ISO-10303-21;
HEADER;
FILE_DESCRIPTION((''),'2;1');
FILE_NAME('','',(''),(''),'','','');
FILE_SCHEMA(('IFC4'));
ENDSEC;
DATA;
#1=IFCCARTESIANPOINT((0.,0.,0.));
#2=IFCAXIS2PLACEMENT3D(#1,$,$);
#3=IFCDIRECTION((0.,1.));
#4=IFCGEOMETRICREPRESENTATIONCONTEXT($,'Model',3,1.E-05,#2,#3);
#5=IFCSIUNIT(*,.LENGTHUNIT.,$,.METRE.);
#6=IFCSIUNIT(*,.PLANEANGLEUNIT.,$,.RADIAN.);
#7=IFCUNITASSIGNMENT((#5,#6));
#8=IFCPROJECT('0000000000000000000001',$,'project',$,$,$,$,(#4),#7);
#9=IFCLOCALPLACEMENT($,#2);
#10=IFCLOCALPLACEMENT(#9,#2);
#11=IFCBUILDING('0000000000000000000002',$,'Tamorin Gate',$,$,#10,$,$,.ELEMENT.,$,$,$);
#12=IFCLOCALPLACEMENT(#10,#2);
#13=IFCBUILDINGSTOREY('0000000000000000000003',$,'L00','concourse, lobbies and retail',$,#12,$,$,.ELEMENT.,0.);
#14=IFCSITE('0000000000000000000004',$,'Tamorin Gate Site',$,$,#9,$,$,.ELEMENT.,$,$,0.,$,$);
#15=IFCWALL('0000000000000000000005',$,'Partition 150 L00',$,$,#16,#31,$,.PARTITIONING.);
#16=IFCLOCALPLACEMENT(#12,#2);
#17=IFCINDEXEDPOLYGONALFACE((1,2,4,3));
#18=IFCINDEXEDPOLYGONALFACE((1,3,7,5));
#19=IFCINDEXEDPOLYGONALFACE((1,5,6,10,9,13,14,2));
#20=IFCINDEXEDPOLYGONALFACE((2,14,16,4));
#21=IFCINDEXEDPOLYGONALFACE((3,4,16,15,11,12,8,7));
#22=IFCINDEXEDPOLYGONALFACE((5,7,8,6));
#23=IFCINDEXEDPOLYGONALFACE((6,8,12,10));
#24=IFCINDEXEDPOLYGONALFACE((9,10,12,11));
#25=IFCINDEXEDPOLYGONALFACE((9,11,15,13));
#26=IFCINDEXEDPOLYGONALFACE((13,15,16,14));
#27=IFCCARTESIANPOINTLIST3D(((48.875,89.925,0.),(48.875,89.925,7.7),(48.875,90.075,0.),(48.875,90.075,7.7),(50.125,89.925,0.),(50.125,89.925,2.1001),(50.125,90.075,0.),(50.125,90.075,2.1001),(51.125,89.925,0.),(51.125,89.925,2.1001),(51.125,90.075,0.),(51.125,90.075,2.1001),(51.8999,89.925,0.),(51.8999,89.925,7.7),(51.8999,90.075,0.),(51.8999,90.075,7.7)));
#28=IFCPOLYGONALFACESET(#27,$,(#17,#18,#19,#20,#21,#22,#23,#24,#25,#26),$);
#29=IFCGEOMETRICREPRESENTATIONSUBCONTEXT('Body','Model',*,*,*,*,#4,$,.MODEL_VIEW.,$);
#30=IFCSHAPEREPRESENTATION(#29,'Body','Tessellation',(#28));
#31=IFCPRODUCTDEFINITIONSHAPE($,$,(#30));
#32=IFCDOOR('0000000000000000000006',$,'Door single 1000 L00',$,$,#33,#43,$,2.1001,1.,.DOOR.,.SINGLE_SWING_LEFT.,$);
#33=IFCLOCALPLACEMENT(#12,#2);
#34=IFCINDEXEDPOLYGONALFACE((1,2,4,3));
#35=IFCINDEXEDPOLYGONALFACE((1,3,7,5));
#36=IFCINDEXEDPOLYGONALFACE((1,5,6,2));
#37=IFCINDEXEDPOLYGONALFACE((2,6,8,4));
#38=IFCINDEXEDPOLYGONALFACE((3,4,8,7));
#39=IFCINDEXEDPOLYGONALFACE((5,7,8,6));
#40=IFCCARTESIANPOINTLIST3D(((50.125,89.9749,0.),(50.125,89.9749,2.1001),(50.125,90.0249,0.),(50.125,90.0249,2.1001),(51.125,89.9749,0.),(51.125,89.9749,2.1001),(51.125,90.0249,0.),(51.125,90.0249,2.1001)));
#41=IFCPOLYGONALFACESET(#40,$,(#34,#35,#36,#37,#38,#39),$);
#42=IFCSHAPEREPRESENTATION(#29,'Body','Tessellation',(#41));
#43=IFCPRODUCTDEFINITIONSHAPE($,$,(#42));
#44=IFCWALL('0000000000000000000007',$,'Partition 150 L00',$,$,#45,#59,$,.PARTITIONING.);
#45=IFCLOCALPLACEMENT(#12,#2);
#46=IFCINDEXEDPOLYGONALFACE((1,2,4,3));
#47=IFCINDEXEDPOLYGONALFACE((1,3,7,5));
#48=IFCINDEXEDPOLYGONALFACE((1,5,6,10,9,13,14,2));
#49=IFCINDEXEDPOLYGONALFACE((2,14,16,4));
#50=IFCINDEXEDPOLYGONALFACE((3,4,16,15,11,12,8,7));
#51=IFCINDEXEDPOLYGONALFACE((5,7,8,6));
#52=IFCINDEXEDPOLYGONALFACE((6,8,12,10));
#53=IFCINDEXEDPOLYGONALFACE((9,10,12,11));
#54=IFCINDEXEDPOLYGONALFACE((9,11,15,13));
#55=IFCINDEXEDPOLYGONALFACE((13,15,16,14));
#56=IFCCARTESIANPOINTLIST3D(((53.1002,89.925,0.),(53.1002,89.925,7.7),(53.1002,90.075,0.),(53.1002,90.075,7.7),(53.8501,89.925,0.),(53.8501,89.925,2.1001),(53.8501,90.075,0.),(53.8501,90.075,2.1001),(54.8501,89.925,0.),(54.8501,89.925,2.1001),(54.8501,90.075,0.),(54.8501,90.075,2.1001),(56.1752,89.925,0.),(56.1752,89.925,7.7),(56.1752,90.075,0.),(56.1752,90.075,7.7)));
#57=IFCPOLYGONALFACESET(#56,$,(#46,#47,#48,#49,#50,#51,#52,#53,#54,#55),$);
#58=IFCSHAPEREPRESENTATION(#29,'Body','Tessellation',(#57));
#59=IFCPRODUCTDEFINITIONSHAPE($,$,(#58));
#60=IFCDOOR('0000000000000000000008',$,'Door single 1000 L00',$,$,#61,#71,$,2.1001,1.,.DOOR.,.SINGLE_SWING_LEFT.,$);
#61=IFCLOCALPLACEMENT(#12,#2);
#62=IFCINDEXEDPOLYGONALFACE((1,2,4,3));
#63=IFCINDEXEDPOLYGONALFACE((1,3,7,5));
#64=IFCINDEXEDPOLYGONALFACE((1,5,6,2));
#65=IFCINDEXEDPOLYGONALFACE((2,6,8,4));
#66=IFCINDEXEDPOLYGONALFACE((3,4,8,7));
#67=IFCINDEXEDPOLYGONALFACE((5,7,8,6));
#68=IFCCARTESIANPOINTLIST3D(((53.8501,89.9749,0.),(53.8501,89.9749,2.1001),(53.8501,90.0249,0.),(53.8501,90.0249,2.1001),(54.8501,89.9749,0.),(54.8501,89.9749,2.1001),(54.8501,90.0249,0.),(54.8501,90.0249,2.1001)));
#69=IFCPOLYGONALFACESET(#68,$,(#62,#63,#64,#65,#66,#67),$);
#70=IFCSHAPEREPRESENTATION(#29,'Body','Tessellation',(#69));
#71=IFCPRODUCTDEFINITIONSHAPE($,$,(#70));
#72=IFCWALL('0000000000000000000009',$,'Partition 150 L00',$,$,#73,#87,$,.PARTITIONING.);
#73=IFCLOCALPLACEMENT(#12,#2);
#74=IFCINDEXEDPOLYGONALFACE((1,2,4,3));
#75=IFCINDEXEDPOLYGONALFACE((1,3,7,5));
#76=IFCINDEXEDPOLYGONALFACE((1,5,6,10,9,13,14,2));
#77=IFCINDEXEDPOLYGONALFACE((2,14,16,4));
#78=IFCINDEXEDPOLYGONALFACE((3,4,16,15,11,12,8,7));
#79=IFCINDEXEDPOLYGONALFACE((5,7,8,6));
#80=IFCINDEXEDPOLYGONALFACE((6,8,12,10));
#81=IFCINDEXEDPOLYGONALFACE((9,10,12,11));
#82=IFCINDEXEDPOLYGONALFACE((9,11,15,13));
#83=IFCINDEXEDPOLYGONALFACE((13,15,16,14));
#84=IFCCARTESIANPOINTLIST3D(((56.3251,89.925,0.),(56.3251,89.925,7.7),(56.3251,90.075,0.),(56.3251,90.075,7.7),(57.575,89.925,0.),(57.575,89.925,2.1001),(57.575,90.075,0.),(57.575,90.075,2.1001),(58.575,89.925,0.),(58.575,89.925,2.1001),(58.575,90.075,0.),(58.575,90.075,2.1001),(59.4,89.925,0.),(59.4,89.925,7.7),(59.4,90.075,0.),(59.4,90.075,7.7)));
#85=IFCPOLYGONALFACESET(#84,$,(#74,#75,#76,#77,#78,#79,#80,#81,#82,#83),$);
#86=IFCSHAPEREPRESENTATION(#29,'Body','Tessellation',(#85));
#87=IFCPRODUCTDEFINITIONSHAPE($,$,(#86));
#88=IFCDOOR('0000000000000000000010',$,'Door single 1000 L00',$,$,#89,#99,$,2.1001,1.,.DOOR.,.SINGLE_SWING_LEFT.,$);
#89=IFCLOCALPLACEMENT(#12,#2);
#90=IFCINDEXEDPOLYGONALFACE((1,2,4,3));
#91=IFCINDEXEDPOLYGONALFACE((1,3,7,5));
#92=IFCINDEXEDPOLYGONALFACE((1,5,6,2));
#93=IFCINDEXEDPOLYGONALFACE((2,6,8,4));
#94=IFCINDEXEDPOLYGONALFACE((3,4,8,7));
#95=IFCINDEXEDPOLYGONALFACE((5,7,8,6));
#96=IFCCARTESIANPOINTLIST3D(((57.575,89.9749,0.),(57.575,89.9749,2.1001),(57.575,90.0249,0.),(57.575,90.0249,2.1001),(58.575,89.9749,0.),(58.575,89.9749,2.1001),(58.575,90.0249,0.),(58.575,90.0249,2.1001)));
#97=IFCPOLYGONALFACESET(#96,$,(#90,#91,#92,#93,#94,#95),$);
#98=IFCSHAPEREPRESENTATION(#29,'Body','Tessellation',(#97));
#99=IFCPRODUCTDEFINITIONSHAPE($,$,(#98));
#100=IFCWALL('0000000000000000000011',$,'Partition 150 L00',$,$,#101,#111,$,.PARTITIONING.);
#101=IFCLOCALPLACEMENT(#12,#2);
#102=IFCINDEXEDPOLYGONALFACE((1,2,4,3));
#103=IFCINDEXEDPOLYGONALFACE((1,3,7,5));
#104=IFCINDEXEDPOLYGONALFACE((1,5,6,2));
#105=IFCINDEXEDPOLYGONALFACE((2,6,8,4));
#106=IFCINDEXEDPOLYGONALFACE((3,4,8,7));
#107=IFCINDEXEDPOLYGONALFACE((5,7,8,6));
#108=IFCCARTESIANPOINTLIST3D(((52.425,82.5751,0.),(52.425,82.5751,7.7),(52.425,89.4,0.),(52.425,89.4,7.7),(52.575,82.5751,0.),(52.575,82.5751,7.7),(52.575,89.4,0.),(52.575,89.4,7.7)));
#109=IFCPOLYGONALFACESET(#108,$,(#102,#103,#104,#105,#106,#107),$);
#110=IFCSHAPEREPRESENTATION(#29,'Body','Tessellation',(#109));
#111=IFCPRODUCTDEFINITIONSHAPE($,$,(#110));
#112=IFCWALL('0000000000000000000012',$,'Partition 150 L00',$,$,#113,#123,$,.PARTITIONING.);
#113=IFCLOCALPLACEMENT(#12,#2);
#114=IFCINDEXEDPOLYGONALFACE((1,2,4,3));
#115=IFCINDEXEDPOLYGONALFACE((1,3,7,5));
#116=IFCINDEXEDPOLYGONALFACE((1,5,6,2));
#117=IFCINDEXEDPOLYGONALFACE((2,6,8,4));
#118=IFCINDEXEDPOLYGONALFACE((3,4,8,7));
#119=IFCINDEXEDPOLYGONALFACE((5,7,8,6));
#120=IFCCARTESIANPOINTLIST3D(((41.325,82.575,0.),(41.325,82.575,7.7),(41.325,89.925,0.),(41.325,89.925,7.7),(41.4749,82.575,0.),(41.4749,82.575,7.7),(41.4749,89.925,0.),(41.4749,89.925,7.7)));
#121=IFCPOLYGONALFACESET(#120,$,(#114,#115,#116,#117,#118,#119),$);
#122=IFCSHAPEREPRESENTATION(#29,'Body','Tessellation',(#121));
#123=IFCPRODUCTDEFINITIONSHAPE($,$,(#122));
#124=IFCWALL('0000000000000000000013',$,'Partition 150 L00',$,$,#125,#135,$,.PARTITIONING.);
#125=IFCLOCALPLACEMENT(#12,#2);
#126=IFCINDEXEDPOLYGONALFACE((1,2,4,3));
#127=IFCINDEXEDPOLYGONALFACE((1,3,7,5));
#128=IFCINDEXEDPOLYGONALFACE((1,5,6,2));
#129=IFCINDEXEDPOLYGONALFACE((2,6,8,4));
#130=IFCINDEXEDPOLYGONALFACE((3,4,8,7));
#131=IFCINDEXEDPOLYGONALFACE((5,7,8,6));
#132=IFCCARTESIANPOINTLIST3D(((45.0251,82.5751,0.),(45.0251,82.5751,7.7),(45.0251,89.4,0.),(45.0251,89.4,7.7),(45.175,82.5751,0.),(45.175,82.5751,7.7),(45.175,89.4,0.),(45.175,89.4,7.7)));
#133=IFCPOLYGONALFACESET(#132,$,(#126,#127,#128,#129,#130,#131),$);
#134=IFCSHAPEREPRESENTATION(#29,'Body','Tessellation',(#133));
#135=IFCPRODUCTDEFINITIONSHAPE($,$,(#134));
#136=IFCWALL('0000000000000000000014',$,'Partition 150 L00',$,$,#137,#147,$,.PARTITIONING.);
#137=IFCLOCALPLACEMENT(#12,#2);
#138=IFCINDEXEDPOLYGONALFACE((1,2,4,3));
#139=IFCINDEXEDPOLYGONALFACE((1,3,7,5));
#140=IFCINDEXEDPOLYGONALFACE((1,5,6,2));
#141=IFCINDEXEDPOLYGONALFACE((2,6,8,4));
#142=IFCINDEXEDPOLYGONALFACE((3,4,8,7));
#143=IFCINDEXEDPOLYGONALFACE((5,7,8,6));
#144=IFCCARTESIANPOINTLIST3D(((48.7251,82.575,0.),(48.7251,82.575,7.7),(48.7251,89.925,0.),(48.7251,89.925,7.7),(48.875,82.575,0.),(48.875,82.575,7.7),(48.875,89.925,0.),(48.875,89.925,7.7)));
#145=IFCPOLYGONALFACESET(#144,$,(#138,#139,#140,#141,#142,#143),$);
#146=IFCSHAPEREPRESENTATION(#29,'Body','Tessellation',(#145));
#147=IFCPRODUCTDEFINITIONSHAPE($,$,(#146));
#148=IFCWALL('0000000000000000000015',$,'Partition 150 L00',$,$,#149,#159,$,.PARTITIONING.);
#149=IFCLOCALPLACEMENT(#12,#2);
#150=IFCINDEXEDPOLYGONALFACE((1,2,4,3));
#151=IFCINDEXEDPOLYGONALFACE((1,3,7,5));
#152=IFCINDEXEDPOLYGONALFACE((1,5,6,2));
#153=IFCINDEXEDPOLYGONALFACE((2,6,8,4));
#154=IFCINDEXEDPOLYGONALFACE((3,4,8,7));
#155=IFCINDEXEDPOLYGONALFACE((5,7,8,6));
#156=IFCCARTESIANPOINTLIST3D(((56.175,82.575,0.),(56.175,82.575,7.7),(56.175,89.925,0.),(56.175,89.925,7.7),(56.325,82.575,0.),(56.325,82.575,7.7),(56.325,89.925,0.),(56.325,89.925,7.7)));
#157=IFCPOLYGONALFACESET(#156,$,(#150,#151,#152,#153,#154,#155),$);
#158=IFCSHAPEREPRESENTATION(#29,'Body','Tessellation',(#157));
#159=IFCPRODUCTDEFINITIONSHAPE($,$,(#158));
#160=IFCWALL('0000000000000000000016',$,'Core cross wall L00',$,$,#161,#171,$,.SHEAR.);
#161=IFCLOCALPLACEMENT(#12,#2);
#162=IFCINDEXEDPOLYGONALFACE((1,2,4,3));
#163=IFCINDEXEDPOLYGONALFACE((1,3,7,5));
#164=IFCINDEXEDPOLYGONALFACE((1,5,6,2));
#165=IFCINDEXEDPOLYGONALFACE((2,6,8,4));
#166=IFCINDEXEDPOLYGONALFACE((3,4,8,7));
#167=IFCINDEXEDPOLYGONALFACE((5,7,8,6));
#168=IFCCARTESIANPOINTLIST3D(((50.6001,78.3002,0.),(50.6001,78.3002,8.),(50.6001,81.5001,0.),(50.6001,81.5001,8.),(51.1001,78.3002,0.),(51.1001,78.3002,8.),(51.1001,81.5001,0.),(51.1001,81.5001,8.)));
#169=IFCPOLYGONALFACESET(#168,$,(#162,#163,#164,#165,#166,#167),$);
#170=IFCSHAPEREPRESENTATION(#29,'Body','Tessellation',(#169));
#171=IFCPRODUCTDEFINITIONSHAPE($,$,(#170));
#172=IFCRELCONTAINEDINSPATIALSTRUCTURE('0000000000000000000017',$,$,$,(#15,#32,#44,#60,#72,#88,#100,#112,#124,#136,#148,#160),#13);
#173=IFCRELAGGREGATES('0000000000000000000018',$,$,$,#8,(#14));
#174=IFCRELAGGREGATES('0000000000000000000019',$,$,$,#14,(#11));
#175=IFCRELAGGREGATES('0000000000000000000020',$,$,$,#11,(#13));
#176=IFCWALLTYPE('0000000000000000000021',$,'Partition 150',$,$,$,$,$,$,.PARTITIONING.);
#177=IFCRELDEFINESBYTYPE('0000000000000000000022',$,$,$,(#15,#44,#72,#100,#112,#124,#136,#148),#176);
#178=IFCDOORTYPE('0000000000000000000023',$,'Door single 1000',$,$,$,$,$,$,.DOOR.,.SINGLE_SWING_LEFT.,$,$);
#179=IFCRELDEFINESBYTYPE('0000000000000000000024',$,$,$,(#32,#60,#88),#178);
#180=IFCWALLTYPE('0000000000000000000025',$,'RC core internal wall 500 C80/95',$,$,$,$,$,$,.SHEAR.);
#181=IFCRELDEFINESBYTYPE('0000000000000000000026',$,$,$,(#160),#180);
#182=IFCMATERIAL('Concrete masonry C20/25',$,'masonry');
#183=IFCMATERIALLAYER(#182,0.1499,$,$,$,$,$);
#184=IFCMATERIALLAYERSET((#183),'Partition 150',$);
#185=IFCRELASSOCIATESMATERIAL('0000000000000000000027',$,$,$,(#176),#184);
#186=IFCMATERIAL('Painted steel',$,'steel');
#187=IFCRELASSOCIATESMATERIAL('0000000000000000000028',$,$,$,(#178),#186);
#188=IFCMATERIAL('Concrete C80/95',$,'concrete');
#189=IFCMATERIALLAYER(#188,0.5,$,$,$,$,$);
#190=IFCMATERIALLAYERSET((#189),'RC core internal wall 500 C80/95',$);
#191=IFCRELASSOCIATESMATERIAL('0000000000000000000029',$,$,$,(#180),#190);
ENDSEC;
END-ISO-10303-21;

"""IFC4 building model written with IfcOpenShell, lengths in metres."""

from ifc_helpers import new_model, si_unit, direction, frame, frame_2d, origin, place, context, subcontext, project, spatial, rectangle, extrude, material, layer, layer_set, type_object, element, fill, save


model = new_model("IFC4")

# Units and contexts
model_context = context("Model", 3, precision=1e-05, world=origin(), true_north=direction((0.0, 1.0)))
body_context = subcontext(model_context, "Body", "Model", "MODEL_VIEW")
ifc_project = project(units=[si_unit("LENGTHUNIT", "METRE"), si_unit("PLANEANGLEUNIT", "RADIAN")], contexts=[model_context])

# Site, building, storey
site_placement = place(None, origin())
site = spatial("IfcSite", under=ifc_project, at=site_placement, Name="Tamorin Gate Site", CompositionType="ELEMENT", RefElevation=0.0)
building_placement = place(site_placement, origin())
building = spatial("IfcBuilding", under=site, at=building_placement, Name="Tamorin Gate", CompositionType="ELEMENT")
storey_placement = place(building_placement, origin())
storey = spatial("IfcBuildingStorey", under=building, at=storey_placement, Name="L00", Description="concourse, lobbies and retail", CompositionType="ELEMENT", Elevation=0.0)

# Shared definitions
ifc_material_1 = material(Name="Concrete C80/95", Category="concrete")

# Walls, openings, doors
ifc_material_2 = material(Name="Concrete masonry C20/25", Category="masonry")
ifc_layer_1 = layer(ifc_material_2, 0.1499)
ifc_layer_set_1 = layer_set([ifc_layer_1], Name="Partition 150")
wall_type_1 = type_object("IfcWallType", Name="Partition 150", PredefinedType="PARTITIONING", material=ifc_layer_set_1)
ifc_material_3 = material(Name="Painted steel", Category="steel")
door_type_1 = type_object("IfcDoorType", Name="Door single 1000", OperationType="SINGLE_SWING_LEFT", PredefinedType="DOOR", material=ifc_material_3)
wall_1_placement = place(storey_placement, frame((48.875, 90.0, 0.0), z_axis=(0.0, 0.0, 1.0), x_axis=(1.0, 0.0, 0.0)))
wall_1 = element("IfcWall", 1, at=wall_1_placement, inside=storey, type_object=wall_type_1, Name="Partition 150 L00", PredefinedType="PARTITIONING", context=body_context, shape_type="SweptSolid", body=[
    extrude(rectangle(XDim=3.0249, YDim=0.1499, at=frame_2d((1.5125, 0.0))), origin(), (0.0, 0.0, 1.0), 7.7),
])
opening_1_placement = place(wall_1_placement, frame((1.25, 0.0, 0.0)))
opening_1 = element("IfcOpeningElement", 2, at=opening_1_placement, cuts=wall_1, PredefinedType="OPENING", context=body_context, shape_type="SweptSolid", body=[
    extrude(rectangle(XDim=1.0, YDim=2.1001, at=frame_2d((0.5, 1.05))), frame((0.0, 0.085, 0.0), z_axis=(0.0, -1.0, 0.0), x_axis=(1.0, 0.0, 0.0)), (0.0, 0.0, 1.0), 0.1699),
])
door_1_placement = place(opening_1_placement, origin())
door_1 = element("IfcDoor", 3, at=door_1_placement, inside=storey, type_object=door_type_1, Name="Door single 1000 L00", OperationType="SINGLE_SWING_LEFT", OverallHeight=2.1001, OverallWidth=1.0, PredefinedType="DOOR", context=body_context, shape_type="SweptSolid", body=[
    extrude(rectangle(XDim=1.0, YDim=2.1001, at=frame_2d((0.5, 1.05))), frame((0.0, 0.0249, 0.0), z_axis=(0.0, -1.0, 0.0), x_axis=(1.0, 0.0, 0.0)), (0.0, 0.0, 1.0), 0.05),
])
fill(opening_1, door_1)
wall_2_placement = place(storey_placement, frame((53.1001, 90.0, 0.0), z_axis=(0.0, 0.0, 1.0), x_axis=(1.0, 0.0, 0.0)))
wall_2 = element("IfcWall", 4, at=wall_2_placement, inside=storey, type_object=wall_type_1, Name="Partition 150 L00", PredefinedType="PARTITIONING", context=body_context, shape_type="SweptSolid", body=[
    extrude(rectangle(XDim=3.075, YDim=0.1499, at=frame_2d((1.5376, 0.0))), origin(), (0.0, 0.0, 1.0), 7.7),
])
opening_2_placement = place(wall_2_placement, frame((0.75, 0.0, 0.0)))
opening_2 = element("IfcOpeningElement", 5, at=opening_2_placement, cuts=wall_2, PredefinedType="OPENING", context=body_context, shape_type="SweptSolid", body=[
    extrude(rectangle(XDim=1.0, YDim=2.1001, at=frame_2d((0.5, 1.05))), frame((0.0, 0.085, 0.0), z_axis=(0.0, -1.0, 0.0), x_axis=(1.0, 0.0, 0.0)), (0.0, 0.0, 1.0), 0.1699),
])
door_2_placement = place(opening_2_placement, origin())
door_2 = element("IfcDoor", 6, at=door_2_placement, inside=storey, type_object=door_type_1, Name="Door single 1000 L00", OperationType="SINGLE_SWING_LEFT", OverallHeight=2.1001, OverallWidth=1.0, PredefinedType="DOOR", context=body_context, shape_type="SweptSolid", body=[
    extrude(rectangle(XDim=1.0, YDim=2.1001, at=frame_2d((0.5, 1.05))), frame((0.0, 0.0249, 0.0), z_axis=(0.0, -1.0, 0.0), x_axis=(1.0, 0.0, 0.0)), (0.0, 0.0, 1.0), 0.05),
])
fill(opening_2, door_2)
wall_3_placement = place(storey_placement, frame((56.325, 90.0, 0.0), z_axis=(0.0, 0.0, 1.0), x_axis=(1.0, 0.0, 0.0)))
wall_3 = element("IfcWall", 7, at=wall_3_placement, inside=storey, type_object=wall_type_1, Name="Partition 150 L00", PredefinedType="PARTITIONING", context=body_context, shape_type="SweptSolid", body=[
    extrude(rectangle(XDim=3.075, YDim=0.1499, at=frame_2d((1.5376, 0.0))), origin(), (0.0, 0.0, 1.0), 7.7),
])
opening_3_placement = place(wall_3_placement, frame((1.25, 0.0, 0.0)))
opening_3 = element("IfcOpeningElement", 8, at=opening_3_placement, cuts=wall_3, PredefinedType="OPENING", context=body_context, shape_type="SweptSolid", body=[
    extrude(rectangle(XDim=1.0, YDim=2.1001, at=frame_2d((0.5, 1.05))), frame((0.0, 0.085, 0.0), z_axis=(0.0, -1.0, 0.0), x_axis=(1.0, 0.0, 0.0)), (0.0, 0.0, 1.0), 0.1699),
])
door_3_placement = place(opening_3_placement, origin())
door_3 = element("IfcDoor", 9, at=door_3_placement, inside=storey, type_object=door_type_1, Name="Door single 1000 L00", OperationType="SINGLE_SWING_LEFT", OverallHeight=2.1001, OverallWidth=1.0, PredefinedType="DOOR", context=body_context, shape_type="SweptSolid", body=[
    extrude(rectangle(XDim=1.0, YDim=2.1001, at=frame_2d((0.5, 1.05))), frame((0.0, 0.0249, 0.0), z_axis=(0.0, -1.0, 0.0), x_axis=(1.0, 0.0, 0.0)), (0.0, 0.0, 1.0), 0.05),
])
fill(opening_3, door_3)

# Walls
wall_4_placement = place(storey_placement, frame((52.5, 82.575, 0.0), z_axis=(0.0, 0.0, 1.0), x_axis=(0.0, 1.0, 0.0)))
element("IfcWall", 10, at=wall_4_placement, inside=storey, type_object=wall_type_1, Name="Partition 150 L00", PredefinedType="PARTITIONING", context=body_context, shape_type="SweptSolid", body=[
    extrude(rectangle(XDim=6.825, YDim=0.1499, at=frame_2d((3.4126, 0.0))), origin(), (0.0, 0.0, 1.0), 7.7),
])
wall_5_placement = place(storey_placement, frame((41.3999, 82.575, 0.0), z_axis=(0.0, 0.0, 1.0), x_axis=(0.0, 1.0, 0.0)))
element("IfcWall", 11, at=wall_5_placement, inside=storey, type_object=wall_type_1, Name="Partition 150 L00", PredefinedType="PARTITIONING", context=body_context, shape_type="SweptSolid", body=[
    extrude(rectangle(XDim=7.3501, YDim=0.1499, at=frame_2d((3.675, 0.0))), origin(), (0.0, 0.0, 1.0), 7.7),
])
wall_6_placement = place(storey_placement, frame((45.1001, 82.575, 0.0), z_axis=(0.0, 0.0, 1.0), x_axis=(0.0, 1.0, 0.0)))
element("IfcWall", 12, at=wall_6_placement, inside=storey, type_object=wall_type_1, Name="Partition 150 L00", PredefinedType="PARTITIONING", context=body_context, shape_type="SweptSolid", body=[
    extrude(rectangle(XDim=6.825, YDim=0.1499, at=frame_2d((3.4126, 0.0))), origin(), (0.0, 0.0, 1.0), 7.7),
])
for number, where, z_axis, x_axis, name in (
    (13, (48.8, 82.575, 0.0), (0.0, 0.0, 1.0), (0.0, 1.0, 0.0), "Partition 150 L00"),
    (14, (56.25, 82.575, 0.0), (0.0, 0.0, 1.0), (0.0, 1.0, 0.0), "Partition 150 L00"),
):
    element("IfcWall", number, at=place(storey_placement, frame(where, z_axis=z_axis, x_axis=x_axis)), inside=storey, type_object=wall_type_1, Name=name, PredefinedType="PARTITIONING", context=body_context, shape_type="SweptSolid", body=[
        extrude(rectangle(XDim=7.3501, YDim=0.1499, at=frame_2d((3.675, 0.0))), origin(), (0.0, 0.0, 1.0), 7.7),
    ])
ifc_layer_2 = layer(ifc_material_1, 0.5)
ifc_layer_set_2 = layer_set([ifc_layer_2], Name="RC core internal wall 500 C80/95")
wall_type_2 = type_object("IfcWallType", Name="RC core internal wall 500 C80/95", PredefinedType="SHEAR", material=ifc_layer_set_2)
wall_7_placement = place(storey_placement, frame((50.8501, 78.3, 0.0), z_axis=(0.0, 0.0, 1.0), x_axis=(0.0, 1.0, 0.0)))
element("IfcWall", 15, at=wall_7_placement, inside=storey, type_object=wall_type_2, Name="Core cross wall L00", PredefinedType="SHEAR", context=body_context, shape_type="SweptSolid", body=[
    extrude(rectangle(XDim=3.2, YDim=0.5, at=frame_2d((1.6001, 0.0))), origin(), (0.0, 0.0, 1.0), 8.0),
])

save(model, "model.ifc")
